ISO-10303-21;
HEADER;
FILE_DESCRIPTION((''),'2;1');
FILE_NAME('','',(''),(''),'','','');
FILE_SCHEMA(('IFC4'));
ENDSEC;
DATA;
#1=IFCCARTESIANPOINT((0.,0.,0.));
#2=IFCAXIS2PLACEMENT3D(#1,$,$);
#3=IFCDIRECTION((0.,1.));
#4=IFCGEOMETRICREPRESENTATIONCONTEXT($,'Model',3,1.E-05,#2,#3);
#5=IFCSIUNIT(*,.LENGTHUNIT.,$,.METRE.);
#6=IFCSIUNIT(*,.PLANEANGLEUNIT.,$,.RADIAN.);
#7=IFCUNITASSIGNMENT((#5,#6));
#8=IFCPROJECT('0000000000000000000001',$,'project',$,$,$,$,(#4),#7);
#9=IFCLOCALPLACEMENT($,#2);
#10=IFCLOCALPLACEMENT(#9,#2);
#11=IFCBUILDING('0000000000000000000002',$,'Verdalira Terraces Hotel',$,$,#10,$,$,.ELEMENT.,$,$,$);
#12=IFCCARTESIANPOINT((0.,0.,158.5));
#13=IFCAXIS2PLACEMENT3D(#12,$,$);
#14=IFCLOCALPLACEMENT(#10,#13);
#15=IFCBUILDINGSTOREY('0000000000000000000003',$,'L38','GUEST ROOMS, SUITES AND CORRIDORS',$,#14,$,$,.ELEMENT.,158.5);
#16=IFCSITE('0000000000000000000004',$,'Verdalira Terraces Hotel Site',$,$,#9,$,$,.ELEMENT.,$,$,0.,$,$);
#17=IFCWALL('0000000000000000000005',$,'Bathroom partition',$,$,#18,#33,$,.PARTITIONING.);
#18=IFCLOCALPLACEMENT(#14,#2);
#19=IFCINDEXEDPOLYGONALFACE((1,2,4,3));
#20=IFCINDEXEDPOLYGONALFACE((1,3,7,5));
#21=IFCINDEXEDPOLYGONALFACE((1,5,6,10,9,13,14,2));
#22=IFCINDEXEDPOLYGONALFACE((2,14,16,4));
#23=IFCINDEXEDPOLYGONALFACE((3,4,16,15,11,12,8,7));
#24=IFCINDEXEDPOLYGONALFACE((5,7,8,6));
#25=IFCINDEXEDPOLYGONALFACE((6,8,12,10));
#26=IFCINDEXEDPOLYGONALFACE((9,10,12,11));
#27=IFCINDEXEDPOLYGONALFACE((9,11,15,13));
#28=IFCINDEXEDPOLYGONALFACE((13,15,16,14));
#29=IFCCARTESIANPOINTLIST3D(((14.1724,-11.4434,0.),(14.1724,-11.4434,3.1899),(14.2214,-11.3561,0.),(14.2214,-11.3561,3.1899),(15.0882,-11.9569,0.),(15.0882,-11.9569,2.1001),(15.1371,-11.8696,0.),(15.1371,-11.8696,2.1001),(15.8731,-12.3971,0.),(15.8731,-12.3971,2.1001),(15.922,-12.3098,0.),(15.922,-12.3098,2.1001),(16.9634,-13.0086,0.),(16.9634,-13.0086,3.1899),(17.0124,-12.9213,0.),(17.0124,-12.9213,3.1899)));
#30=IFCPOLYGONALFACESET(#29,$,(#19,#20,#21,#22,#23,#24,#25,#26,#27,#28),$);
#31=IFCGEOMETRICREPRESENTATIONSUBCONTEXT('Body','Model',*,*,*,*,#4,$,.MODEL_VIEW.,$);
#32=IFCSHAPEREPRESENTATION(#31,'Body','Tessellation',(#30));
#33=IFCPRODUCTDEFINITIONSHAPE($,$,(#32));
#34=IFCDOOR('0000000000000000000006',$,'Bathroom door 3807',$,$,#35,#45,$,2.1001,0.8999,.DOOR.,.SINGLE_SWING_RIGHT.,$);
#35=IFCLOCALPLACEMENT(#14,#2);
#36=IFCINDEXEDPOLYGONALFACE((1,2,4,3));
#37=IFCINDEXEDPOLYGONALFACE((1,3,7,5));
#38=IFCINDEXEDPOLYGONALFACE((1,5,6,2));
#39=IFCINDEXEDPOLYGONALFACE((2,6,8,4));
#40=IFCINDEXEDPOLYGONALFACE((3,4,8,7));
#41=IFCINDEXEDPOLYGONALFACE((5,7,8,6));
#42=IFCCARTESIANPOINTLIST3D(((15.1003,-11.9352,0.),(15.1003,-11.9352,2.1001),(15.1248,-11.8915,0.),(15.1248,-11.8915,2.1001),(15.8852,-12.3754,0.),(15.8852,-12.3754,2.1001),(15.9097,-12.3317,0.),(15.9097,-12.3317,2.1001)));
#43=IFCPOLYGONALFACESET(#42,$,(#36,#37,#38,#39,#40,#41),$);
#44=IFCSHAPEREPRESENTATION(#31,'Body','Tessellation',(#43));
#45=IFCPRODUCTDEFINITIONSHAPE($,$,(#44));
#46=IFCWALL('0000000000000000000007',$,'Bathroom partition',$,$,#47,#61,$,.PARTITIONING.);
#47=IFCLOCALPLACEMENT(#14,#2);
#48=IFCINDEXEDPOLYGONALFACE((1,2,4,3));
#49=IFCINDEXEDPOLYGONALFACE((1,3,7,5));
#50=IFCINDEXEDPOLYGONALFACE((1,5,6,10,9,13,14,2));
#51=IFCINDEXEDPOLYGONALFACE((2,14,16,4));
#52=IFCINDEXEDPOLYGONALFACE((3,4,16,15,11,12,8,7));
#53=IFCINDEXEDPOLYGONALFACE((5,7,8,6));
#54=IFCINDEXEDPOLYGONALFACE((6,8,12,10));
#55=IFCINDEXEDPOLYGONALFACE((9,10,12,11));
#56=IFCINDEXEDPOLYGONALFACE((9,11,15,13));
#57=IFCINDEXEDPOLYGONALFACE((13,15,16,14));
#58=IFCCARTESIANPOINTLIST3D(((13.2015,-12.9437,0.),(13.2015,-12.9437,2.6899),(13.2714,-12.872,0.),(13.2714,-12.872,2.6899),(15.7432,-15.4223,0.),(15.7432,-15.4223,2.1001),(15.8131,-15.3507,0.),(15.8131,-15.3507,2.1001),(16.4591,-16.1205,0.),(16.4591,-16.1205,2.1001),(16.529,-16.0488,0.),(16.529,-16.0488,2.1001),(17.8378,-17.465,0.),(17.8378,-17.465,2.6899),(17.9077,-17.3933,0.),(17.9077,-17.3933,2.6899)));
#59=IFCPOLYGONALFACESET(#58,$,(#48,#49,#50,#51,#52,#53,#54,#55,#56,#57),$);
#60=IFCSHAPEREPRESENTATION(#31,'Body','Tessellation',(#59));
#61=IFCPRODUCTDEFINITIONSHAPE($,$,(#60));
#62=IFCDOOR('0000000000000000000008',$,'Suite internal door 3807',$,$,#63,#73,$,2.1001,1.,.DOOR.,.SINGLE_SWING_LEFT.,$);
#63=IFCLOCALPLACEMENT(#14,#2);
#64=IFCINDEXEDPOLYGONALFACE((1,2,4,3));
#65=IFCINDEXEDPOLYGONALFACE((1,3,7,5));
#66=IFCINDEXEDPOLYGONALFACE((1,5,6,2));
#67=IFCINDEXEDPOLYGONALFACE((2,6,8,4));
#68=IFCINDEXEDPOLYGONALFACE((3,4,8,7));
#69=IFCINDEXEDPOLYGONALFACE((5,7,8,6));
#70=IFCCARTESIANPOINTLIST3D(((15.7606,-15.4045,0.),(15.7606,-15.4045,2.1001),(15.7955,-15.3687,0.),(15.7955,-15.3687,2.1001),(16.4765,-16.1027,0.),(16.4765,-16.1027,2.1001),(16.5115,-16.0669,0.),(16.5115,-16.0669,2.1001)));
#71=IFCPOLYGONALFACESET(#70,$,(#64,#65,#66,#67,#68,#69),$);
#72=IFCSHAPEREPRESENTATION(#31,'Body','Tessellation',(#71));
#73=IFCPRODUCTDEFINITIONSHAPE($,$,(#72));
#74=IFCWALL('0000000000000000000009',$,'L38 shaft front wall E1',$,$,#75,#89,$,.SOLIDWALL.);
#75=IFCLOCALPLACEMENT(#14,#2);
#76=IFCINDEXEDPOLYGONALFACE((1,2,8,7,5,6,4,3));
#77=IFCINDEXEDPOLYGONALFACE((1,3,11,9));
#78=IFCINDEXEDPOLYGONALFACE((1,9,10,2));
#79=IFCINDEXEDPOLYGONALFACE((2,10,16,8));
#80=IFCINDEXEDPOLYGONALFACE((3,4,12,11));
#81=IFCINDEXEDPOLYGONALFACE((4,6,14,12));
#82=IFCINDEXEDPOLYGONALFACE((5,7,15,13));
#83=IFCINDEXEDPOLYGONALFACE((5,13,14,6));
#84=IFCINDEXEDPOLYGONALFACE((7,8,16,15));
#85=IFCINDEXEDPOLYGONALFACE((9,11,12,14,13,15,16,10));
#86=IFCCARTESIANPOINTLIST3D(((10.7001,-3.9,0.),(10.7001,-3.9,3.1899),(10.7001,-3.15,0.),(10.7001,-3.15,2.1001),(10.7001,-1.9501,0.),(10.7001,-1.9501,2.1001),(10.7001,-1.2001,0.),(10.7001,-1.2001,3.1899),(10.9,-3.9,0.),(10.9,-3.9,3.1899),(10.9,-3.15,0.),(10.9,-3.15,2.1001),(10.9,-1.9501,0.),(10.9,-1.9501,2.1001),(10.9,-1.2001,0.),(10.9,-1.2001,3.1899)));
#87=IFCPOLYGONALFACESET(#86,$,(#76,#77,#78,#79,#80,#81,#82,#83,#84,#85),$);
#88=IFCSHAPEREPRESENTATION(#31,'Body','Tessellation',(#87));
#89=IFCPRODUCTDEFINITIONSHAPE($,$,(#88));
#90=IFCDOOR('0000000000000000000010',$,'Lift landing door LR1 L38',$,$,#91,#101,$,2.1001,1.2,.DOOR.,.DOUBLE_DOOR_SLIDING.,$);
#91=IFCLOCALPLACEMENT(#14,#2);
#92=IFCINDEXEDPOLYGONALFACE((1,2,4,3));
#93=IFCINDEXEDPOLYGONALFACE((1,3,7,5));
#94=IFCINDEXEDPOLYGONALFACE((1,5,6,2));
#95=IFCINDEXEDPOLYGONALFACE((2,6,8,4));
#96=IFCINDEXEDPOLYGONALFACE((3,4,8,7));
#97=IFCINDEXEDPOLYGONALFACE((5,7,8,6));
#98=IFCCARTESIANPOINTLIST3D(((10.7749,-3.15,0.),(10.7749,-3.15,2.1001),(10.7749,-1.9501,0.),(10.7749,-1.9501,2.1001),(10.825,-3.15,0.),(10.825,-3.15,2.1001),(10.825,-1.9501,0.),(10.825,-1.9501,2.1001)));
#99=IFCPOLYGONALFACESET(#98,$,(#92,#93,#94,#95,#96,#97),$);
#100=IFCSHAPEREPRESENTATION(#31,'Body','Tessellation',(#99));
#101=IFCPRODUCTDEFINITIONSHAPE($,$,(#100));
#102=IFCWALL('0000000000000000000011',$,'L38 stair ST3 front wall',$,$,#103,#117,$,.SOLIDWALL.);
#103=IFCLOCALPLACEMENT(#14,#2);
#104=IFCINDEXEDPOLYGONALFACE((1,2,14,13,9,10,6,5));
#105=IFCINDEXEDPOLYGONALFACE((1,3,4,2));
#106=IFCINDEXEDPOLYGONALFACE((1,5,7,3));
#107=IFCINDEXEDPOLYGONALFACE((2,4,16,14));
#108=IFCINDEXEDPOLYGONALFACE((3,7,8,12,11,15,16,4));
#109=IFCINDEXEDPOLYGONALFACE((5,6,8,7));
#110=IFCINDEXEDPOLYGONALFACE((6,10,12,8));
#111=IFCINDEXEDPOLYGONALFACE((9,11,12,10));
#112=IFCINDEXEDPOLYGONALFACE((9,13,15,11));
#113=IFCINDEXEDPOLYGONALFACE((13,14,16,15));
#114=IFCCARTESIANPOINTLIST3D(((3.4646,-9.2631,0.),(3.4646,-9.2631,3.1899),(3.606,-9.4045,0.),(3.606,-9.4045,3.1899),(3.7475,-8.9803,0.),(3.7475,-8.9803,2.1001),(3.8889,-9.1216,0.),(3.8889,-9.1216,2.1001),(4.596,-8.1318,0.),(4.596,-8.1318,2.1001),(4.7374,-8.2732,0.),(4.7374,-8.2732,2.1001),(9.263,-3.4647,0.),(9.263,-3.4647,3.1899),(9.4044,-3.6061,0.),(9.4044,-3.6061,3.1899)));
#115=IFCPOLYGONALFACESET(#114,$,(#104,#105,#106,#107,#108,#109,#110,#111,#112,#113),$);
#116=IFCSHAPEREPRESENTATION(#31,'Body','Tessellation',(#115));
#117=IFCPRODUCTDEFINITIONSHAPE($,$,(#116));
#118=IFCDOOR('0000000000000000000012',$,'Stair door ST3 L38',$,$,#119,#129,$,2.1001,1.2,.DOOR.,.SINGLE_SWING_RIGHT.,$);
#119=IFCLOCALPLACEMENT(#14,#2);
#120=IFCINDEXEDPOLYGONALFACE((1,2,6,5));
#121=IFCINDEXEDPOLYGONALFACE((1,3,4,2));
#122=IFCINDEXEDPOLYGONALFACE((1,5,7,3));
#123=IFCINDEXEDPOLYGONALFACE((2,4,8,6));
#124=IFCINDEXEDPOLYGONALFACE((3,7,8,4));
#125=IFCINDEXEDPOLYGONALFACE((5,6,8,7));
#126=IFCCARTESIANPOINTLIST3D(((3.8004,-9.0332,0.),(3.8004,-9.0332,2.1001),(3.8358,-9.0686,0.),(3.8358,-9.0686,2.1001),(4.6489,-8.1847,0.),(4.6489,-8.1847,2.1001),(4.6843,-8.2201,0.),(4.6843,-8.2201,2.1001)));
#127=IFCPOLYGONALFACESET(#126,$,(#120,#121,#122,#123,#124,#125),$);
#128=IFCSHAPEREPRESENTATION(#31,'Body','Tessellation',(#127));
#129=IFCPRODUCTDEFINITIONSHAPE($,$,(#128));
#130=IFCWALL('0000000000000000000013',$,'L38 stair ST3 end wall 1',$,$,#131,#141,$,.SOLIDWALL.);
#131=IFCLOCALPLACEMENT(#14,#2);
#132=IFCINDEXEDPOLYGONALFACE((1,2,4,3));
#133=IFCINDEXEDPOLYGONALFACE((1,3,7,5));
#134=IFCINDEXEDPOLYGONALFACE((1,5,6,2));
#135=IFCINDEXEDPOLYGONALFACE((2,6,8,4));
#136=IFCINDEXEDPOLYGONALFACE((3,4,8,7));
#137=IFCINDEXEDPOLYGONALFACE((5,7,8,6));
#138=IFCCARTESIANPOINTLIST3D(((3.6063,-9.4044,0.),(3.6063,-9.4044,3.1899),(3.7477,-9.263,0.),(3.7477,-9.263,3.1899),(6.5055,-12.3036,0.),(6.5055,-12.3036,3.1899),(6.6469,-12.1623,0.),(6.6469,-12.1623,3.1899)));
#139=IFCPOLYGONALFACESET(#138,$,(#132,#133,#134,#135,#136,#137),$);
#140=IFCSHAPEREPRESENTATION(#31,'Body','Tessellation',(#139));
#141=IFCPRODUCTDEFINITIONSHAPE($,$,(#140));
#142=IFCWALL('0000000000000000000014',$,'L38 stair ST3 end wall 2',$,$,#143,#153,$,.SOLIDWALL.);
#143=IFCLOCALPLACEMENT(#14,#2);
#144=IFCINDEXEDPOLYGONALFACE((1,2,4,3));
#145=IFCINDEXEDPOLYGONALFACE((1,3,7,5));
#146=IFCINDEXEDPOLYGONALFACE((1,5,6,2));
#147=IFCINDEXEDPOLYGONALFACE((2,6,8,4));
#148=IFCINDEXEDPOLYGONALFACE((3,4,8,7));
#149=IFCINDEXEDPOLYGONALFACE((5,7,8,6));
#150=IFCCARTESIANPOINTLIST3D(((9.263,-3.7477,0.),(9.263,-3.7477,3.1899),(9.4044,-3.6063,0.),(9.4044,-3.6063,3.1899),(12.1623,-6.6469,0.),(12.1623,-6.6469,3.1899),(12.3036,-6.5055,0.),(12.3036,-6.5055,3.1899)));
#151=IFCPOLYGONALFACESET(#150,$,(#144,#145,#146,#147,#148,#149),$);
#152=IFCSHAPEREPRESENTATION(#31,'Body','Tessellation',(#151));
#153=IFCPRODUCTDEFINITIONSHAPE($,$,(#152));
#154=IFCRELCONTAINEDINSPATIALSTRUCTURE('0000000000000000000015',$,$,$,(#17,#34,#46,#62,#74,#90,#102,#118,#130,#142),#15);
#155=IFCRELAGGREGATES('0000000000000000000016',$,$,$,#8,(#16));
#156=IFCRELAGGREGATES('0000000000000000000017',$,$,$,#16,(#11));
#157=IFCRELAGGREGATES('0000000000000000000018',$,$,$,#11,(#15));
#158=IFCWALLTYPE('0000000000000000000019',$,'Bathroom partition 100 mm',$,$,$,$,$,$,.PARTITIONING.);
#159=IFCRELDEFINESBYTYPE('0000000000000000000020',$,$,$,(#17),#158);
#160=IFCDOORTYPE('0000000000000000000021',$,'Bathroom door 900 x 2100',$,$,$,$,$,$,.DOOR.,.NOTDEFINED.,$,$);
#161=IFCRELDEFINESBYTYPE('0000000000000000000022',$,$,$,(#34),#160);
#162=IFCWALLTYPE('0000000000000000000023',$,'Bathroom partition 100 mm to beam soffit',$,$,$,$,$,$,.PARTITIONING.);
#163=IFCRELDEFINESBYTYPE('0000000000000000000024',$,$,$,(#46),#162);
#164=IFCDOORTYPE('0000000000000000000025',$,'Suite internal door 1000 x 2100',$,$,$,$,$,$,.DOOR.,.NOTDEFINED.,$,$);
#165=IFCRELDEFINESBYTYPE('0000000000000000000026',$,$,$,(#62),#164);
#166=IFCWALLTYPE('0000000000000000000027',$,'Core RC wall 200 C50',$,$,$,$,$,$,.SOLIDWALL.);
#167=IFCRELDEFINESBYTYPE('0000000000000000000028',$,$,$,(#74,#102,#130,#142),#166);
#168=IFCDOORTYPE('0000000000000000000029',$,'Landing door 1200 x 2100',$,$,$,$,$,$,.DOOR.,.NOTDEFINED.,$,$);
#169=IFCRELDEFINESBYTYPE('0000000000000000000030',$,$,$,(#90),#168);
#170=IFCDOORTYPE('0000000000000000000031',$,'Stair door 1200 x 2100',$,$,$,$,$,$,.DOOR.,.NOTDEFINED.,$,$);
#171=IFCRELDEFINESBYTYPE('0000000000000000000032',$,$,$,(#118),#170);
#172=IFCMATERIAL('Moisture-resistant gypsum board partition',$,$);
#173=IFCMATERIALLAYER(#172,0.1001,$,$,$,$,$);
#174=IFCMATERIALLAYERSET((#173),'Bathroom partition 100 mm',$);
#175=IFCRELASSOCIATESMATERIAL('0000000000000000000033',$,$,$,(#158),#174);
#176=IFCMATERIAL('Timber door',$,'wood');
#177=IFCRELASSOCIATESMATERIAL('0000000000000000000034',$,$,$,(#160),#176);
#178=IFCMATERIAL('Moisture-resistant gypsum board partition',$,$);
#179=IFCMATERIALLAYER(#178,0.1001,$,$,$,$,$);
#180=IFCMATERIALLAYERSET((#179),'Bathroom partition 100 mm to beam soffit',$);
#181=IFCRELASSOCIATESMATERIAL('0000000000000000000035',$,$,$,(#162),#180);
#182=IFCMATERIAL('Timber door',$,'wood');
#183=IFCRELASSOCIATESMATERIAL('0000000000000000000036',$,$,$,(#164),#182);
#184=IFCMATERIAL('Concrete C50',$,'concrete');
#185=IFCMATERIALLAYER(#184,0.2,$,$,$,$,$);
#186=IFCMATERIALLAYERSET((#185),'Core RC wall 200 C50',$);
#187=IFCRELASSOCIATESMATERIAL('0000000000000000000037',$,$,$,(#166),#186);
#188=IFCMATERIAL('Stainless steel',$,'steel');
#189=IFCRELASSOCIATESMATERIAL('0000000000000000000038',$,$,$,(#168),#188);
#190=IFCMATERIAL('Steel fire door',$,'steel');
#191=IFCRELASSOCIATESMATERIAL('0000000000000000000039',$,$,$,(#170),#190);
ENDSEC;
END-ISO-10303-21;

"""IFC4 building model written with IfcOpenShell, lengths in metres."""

from ifc_helpers import new_model, si_unit, direction, frame, frame_2d, origin, place, context, subcontext, project, spatial, rectangle, extrude, material, layer, layer_set, type_object, element, fill, save


model = new_model("IFC4")

# Units and contexts
model_context = context("Model", 3, precision=1e-05, world=origin(), true_north=direction((0.0, 1.0)))
body_context = subcontext(model_context, "Body", "Model", "MODEL_VIEW")
ifc_project = project(units=[si_unit("LENGTHUNIT", "METRE"), si_unit("PLANEANGLEUNIT", "RADIAN")], contexts=[model_context])

# Site, building, storey
site_placement = place(None, origin())
site = spatial("IfcSite", under=ifc_project, at=site_placement, Name="Verdalira Terraces Hotel Site", CompositionType="ELEMENT", RefElevation=0.0)
building_placement = place(site_placement, origin())
building = spatial("IfcBuilding", under=site, at=building_placement, Name="Verdalira Terraces Hotel", CompositionType="ELEMENT")
storey_placement = place(building_placement, frame((0.0, 0.0, 158.5)))
storey = spatial("IfcBuildingStorey", under=building, at=storey_placement, Name="L38", Description="GUEST ROOMS, SUITES AND CORRIDORS", CompositionType="ELEMENT", Elevation=158.5)

# Walls, openings, doors
ifc_material_1 = material(Name="Moisture-resistant gypsum board partition")
ifc_layer_1 = layer(ifc_material_1, 0.1001)
ifc_layer_set_1 = layer_set([ifc_layer_1], Name="Bathroom partition 100 mm")
wall_type_1 = type_object("IfcWallType", Name="Bathroom partition 100 mm", PredefinedType="PARTITIONING", material=ifc_layer_set_1)
wall_1_placement = place(storey_placement, frame((14.1968, -11.3997, 0.0), z_axis=(0.0, 0.0, 1.0), x_axis=(0.872211, -0.489131, 0.0)))
wall_1 = element("IfcWall", 1, at=wall_1_placement, inside=storey, type_object=wall_type_1, Name="Bathroom partition", PredefinedType="PARTITIONING", context=body_context, shape_type="SweptSolid", body=[
    extrude(rectangle(XDim=3.2, YDim=0.1001, at=frame_2d((1.6001, 0.0))), origin(), (0.0, 0.0, 1.0), 3.1899),
])
opening_1_placement = place(wall_1_placement, frame((1.05, 0.0, 0.0)))
opening_1 = element("IfcOpeningElement", 2, at=opening_1_placement, cuts=wall_1, PredefinedType="OPENING", context=body_context, shape_type="SweptSolid", body=[
    extrude(rectangle(XDim=0.8999, YDim=2.1001, at=frame_2d((0.45, 1.05))), frame((0.0, 0.0601, 0.0), z_axis=(0.0, -1.0, 0.0), x_axis=(1.0, 0.0, 0.0)), (0.0, 0.0, 1.0), 0.1201),
])
ifc_material_2 = material(Name="Timber door", Category="wood")
door_type_1 = type_object("IfcDoorType", Name="Bathroom door 900 x 2100", OperationType="NOTDEFINED", PredefinedType="DOOR", material=ifc_material_2)
door_1_placement = place(opening_1_placement, origin())
door_1 = element("IfcDoor", 3, at=door_1_placement, inside=storey, type_object=door_type_1, Name="Bathroom door 3807", OperationType="SINGLE_SWING_RIGHT", OverallHeight=2.1001, OverallWidth=0.8999, PredefinedType="DOOR", context=body_context, shape_type="SweptSolid", body=[
    extrude(rectangle(XDim=0.8999, YDim=2.1001, at=frame_2d((0.45, 1.05))), frame((0.0, 0.0249, 0.0), z_axis=(0.0, -1.0, 0.0), x_axis=(1.0, 0.0, 0.0)), (0.0, 0.0, 1.0), 0.05),
])
fill(opening_1, door_1)
ifc_material_3 = material(Name="Moisture-resistant gypsum board partition")
ifc_layer_2 = layer(ifc_material_3, 0.1001)
ifc_layer_set_2 = layer_set([ifc_layer_2], Name="Bathroom partition 100 mm to beam soffit")
wall_type_2 = type_object("IfcWallType", Name="Bathroom partition 100 mm to beam soffit", PredefinedType="PARTITIONING", material=ifc_layer_set_2)
wall_2_placement = place(storey_placement, frame((13.2366, -12.908, 0.0), z_axis=(0.0, 0.0, 1.0), x_axis=(0.715929, -0.698173, 0.0)))
wall_2 = element("IfcWall", 4, at=wall_2_placement, inside=storey, type_object=wall_type_2, Name="Bathroom partition", PredefinedType="PARTITIONING", context=body_context, shape_type="SweptSolid", body=[
    extrude(rectangle(XDim=6.4758, YDim=0.1001, at=frame_2d((3.2378, 0.0))), origin(), (0.0, 0.0, 1.0), 2.6899),
])
opening_2_placement = place(wall_2_placement, frame((3.55, 0.0, 0.0)))
opening_2 = element("IfcOpeningElement", 5, at=opening_2_placement, cuts=wall_2, PredefinedType="OPENING", context=body_context, shape_type="SweptSolid", body=[
    extrude(rectangle(XDim=1.0, YDim=2.1001, at=frame_2d((0.5, 1.05))), frame((0.0, 0.0601, 0.0), z_axis=(0.0, -1.0, 0.0), x_axis=(1.0, 0.0, 0.0)), (0.0, 0.0, 1.0), 0.1201),
])
ifc_material_4 = material(Name="Timber door", Category="wood")
door_type_2 = type_object("IfcDoorType", Name="Suite internal door 1000 x 2100", OperationType="NOTDEFINED", PredefinedType="DOOR", material=ifc_material_4)
door_2_placement = place(opening_2_placement, origin())
door_2 = element("IfcDoor", 6, at=door_2_placement, inside=storey, type_object=door_type_2, Name="Suite internal door 3807", OperationType="SINGLE_SWING_LEFT", OverallHeight=2.1001, OverallWidth=1.0, PredefinedType="DOOR", context=body_context, shape_type="SweptSolid", body=[
    extrude(rectangle(XDim=1.0, YDim=2.1001, at=frame_2d((0.5, 1.05))), frame((0.0, 0.0249, 0.0), z_axis=(0.0, -1.0, 0.0), x_axis=(1.0, 0.0, 0.0)), (0.0, 0.0, 1.0), 0.05),
])
fill(opening_2, door_2)
ifc_material_5 = material(Name="Concrete C50", Category="concrete")
ifc_layer_3 = layer(ifc_material_5, 0.2)
ifc_layer_set_3 = layer_set([ifc_layer_3], Name="Core RC wall 200 C50")
wall_type_3 = type_object("IfcWallType", Name="Core RC wall 200 C50", PredefinedType="SOLIDWALL", material=ifc_layer_set_3)
wall_3_placement = place(storey_placement, frame((10.8, -1.2, 0.0), z_axis=(0.0, 0.0, 1.0), x_axis=(0.0, -1.0, 0.0)))
wall_3 = element("IfcWall", 7, at=wall_3_placement, inside=storey, type_object=wall_type_3, Name="L38 shaft front wall E1", PredefinedType="SOLIDWALL", context=body_context, shape_type="SweptSolid", body=[
    extrude(rectangle(XDim=2.7, YDim=0.2, at=frame_2d((1.3501, 0.0))), origin(), (0.0, 0.0, 1.0), 3.1899),
])
opening_3_placement = place(wall_3_placement, frame((0.75, 0.0, 0.0)))
opening_3 = element("IfcOpeningElement", 8, at=opening_3_placement, cuts=wall_3, PredefinedType="OPENING", context=body_context, shape_type="SweptSolid", body=[
    extrude(rectangle(XDim=1.2, YDim=2.1001, at=frame_2d((0.6001, 1.05))), frame((0.0, 0.1099, 0.0), z_axis=(0.0, -1.0, 0.0), x_axis=(1.0, 0.0, 0.0)), (0.0, 0.0, 1.0), 0.22),
])
ifc_material_6 = material(Name="Stainless steel", Category="steel")
door_type_3 = type_object("IfcDoorType", Name="Landing door 1200 x 2100", OperationType="NOTDEFINED", PredefinedType="DOOR", material=ifc_material_6)
door_3_placement = place(opening_3_placement, origin())
door_3 = element("IfcDoor", 9, at=door_3_placement, inside=storey, type_object=door_type_3, Name="Lift landing door LR1 L38", OperationType="DOUBLE_DOOR_SLIDING", OverallHeight=2.1001, OverallWidth=1.2, PredefinedType="DOOR", context=body_context, shape_type="SweptSolid", body=[
    extrude(rectangle(XDim=1.2, YDim=2.1001, at=frame_2d((0.6001, 1.05))), frame((0.0, 0.0249, 0.0), z_axis=(0.0, -1.0, 0.0), x_axis=(1.0, 0.0, 0.0)), (0.0, 0.0, 1.0), 0.05),
])
fill(opening_3, door_3)
wall_4_placement = place(storey_placement, frame((9.3337, -3.5354, 0.0), z_axis=(0.0, 0.0, 1.0), x_axis=(-0.707107, -0.707107, 0.0)))
wall_4 = element("IfcWall", 10, at=wall_4_placement, inside=storey, type_object=wall_type_3, Name="L38 stair ST3 front wall", PredefinedType="SOLIDWALL", context=body_context, shape_type="SweptSolid", body=[
    extrude(rectangle(XDim=8.2002, YDim=0.2, at=frame_2d((4.1001, 0.0))), origin(), (0.0, 0.0, 1.0), 3.1899),
])
opening_4_placement = place(wall_4_placement, frame((6.6001, 0.0, 0.0)))
opening_4 = element("IfcOpeningElement", 11, at=opening_4_placement, cuts=wall_4, PredefinedType="OPENING", context=body_context, shape_type="SweptSolid", body=[
    extrude(rectangle(XDim=1.2, YDim=2.1001, at=frame_2d((0.6001, 1.05))), frame((0.0, 0.1099, 0.0), z_axis=(0.0, -1.0, 0.0), x_axis=(1.0, 0.0, 0.0)), (0.0, 0.0, 1.0), 0.22),
])
ifc_material_7 = material(Name="Steel fire door", Category="steel")
door_type_4 = type_object("IfcDoorType", Name="Stair door 1200 x 2100", OperationType="NOTDEFINED", PredefinedType="DOOR", material=ifc_material_7)
door_4_placement = place(opening_4_placement, origin())
door_4 = element("IfcDoor", 12, at=door_4_placement, inside=storey, type_object=door_type_4, Name="Stair door ST3 L38", OperationType="SINGLE_SWING_RIGHT", OverallHeight=2.1001, OverallWidth=1.2, PredefinedType="DOOR", context=body_context, shape_type="SweptSolid", body=[
    extrude(rectangle(XDim=1.2, YDim=2.1001, at=frame_2d((0.6001, 1.05))), frame((0.0, 0.0249, 0.0), z_axis=(0.0, -1.0, 0.0), x_axis=(1.0, 0.0, 0.0)), (0.0, 0.0, 1.0), 0.05),
])
fill(opening_4, door_4)

# Walls
for number, where, z_axis, x_axis, name in (
    (13, (3.677, -9.3337, 0.0), (0.0, 0.0, 1.0), (0.707107, -0.707107, 0.0), "L38 stair ST3 end wall 1"),
    (14, (9.3337, -3.677, 0.0), (0.0, 0.0, 1.0), (0.707107, -0.707107, 0.0), "L38 stair ST3 end wall 2"),
):
    element("IfcWall", number, at=place(storey_placement, frame(where, z_axis=z_axis, x_axis=x_axis)), inside=storey, type_object=wall_type_3, Name=name, PredefinedType="SOLIDWALL", context=body_context, shape_type="SweptSolid", body=[
        extrude(rectangle(XDim=4.1001, YDim=0.2, at=frame_2d((2.05, 0.0))), origin(), (0.0, 0.0, 1.0), 3.1899),
    ])

save(model, "model.ifc")
